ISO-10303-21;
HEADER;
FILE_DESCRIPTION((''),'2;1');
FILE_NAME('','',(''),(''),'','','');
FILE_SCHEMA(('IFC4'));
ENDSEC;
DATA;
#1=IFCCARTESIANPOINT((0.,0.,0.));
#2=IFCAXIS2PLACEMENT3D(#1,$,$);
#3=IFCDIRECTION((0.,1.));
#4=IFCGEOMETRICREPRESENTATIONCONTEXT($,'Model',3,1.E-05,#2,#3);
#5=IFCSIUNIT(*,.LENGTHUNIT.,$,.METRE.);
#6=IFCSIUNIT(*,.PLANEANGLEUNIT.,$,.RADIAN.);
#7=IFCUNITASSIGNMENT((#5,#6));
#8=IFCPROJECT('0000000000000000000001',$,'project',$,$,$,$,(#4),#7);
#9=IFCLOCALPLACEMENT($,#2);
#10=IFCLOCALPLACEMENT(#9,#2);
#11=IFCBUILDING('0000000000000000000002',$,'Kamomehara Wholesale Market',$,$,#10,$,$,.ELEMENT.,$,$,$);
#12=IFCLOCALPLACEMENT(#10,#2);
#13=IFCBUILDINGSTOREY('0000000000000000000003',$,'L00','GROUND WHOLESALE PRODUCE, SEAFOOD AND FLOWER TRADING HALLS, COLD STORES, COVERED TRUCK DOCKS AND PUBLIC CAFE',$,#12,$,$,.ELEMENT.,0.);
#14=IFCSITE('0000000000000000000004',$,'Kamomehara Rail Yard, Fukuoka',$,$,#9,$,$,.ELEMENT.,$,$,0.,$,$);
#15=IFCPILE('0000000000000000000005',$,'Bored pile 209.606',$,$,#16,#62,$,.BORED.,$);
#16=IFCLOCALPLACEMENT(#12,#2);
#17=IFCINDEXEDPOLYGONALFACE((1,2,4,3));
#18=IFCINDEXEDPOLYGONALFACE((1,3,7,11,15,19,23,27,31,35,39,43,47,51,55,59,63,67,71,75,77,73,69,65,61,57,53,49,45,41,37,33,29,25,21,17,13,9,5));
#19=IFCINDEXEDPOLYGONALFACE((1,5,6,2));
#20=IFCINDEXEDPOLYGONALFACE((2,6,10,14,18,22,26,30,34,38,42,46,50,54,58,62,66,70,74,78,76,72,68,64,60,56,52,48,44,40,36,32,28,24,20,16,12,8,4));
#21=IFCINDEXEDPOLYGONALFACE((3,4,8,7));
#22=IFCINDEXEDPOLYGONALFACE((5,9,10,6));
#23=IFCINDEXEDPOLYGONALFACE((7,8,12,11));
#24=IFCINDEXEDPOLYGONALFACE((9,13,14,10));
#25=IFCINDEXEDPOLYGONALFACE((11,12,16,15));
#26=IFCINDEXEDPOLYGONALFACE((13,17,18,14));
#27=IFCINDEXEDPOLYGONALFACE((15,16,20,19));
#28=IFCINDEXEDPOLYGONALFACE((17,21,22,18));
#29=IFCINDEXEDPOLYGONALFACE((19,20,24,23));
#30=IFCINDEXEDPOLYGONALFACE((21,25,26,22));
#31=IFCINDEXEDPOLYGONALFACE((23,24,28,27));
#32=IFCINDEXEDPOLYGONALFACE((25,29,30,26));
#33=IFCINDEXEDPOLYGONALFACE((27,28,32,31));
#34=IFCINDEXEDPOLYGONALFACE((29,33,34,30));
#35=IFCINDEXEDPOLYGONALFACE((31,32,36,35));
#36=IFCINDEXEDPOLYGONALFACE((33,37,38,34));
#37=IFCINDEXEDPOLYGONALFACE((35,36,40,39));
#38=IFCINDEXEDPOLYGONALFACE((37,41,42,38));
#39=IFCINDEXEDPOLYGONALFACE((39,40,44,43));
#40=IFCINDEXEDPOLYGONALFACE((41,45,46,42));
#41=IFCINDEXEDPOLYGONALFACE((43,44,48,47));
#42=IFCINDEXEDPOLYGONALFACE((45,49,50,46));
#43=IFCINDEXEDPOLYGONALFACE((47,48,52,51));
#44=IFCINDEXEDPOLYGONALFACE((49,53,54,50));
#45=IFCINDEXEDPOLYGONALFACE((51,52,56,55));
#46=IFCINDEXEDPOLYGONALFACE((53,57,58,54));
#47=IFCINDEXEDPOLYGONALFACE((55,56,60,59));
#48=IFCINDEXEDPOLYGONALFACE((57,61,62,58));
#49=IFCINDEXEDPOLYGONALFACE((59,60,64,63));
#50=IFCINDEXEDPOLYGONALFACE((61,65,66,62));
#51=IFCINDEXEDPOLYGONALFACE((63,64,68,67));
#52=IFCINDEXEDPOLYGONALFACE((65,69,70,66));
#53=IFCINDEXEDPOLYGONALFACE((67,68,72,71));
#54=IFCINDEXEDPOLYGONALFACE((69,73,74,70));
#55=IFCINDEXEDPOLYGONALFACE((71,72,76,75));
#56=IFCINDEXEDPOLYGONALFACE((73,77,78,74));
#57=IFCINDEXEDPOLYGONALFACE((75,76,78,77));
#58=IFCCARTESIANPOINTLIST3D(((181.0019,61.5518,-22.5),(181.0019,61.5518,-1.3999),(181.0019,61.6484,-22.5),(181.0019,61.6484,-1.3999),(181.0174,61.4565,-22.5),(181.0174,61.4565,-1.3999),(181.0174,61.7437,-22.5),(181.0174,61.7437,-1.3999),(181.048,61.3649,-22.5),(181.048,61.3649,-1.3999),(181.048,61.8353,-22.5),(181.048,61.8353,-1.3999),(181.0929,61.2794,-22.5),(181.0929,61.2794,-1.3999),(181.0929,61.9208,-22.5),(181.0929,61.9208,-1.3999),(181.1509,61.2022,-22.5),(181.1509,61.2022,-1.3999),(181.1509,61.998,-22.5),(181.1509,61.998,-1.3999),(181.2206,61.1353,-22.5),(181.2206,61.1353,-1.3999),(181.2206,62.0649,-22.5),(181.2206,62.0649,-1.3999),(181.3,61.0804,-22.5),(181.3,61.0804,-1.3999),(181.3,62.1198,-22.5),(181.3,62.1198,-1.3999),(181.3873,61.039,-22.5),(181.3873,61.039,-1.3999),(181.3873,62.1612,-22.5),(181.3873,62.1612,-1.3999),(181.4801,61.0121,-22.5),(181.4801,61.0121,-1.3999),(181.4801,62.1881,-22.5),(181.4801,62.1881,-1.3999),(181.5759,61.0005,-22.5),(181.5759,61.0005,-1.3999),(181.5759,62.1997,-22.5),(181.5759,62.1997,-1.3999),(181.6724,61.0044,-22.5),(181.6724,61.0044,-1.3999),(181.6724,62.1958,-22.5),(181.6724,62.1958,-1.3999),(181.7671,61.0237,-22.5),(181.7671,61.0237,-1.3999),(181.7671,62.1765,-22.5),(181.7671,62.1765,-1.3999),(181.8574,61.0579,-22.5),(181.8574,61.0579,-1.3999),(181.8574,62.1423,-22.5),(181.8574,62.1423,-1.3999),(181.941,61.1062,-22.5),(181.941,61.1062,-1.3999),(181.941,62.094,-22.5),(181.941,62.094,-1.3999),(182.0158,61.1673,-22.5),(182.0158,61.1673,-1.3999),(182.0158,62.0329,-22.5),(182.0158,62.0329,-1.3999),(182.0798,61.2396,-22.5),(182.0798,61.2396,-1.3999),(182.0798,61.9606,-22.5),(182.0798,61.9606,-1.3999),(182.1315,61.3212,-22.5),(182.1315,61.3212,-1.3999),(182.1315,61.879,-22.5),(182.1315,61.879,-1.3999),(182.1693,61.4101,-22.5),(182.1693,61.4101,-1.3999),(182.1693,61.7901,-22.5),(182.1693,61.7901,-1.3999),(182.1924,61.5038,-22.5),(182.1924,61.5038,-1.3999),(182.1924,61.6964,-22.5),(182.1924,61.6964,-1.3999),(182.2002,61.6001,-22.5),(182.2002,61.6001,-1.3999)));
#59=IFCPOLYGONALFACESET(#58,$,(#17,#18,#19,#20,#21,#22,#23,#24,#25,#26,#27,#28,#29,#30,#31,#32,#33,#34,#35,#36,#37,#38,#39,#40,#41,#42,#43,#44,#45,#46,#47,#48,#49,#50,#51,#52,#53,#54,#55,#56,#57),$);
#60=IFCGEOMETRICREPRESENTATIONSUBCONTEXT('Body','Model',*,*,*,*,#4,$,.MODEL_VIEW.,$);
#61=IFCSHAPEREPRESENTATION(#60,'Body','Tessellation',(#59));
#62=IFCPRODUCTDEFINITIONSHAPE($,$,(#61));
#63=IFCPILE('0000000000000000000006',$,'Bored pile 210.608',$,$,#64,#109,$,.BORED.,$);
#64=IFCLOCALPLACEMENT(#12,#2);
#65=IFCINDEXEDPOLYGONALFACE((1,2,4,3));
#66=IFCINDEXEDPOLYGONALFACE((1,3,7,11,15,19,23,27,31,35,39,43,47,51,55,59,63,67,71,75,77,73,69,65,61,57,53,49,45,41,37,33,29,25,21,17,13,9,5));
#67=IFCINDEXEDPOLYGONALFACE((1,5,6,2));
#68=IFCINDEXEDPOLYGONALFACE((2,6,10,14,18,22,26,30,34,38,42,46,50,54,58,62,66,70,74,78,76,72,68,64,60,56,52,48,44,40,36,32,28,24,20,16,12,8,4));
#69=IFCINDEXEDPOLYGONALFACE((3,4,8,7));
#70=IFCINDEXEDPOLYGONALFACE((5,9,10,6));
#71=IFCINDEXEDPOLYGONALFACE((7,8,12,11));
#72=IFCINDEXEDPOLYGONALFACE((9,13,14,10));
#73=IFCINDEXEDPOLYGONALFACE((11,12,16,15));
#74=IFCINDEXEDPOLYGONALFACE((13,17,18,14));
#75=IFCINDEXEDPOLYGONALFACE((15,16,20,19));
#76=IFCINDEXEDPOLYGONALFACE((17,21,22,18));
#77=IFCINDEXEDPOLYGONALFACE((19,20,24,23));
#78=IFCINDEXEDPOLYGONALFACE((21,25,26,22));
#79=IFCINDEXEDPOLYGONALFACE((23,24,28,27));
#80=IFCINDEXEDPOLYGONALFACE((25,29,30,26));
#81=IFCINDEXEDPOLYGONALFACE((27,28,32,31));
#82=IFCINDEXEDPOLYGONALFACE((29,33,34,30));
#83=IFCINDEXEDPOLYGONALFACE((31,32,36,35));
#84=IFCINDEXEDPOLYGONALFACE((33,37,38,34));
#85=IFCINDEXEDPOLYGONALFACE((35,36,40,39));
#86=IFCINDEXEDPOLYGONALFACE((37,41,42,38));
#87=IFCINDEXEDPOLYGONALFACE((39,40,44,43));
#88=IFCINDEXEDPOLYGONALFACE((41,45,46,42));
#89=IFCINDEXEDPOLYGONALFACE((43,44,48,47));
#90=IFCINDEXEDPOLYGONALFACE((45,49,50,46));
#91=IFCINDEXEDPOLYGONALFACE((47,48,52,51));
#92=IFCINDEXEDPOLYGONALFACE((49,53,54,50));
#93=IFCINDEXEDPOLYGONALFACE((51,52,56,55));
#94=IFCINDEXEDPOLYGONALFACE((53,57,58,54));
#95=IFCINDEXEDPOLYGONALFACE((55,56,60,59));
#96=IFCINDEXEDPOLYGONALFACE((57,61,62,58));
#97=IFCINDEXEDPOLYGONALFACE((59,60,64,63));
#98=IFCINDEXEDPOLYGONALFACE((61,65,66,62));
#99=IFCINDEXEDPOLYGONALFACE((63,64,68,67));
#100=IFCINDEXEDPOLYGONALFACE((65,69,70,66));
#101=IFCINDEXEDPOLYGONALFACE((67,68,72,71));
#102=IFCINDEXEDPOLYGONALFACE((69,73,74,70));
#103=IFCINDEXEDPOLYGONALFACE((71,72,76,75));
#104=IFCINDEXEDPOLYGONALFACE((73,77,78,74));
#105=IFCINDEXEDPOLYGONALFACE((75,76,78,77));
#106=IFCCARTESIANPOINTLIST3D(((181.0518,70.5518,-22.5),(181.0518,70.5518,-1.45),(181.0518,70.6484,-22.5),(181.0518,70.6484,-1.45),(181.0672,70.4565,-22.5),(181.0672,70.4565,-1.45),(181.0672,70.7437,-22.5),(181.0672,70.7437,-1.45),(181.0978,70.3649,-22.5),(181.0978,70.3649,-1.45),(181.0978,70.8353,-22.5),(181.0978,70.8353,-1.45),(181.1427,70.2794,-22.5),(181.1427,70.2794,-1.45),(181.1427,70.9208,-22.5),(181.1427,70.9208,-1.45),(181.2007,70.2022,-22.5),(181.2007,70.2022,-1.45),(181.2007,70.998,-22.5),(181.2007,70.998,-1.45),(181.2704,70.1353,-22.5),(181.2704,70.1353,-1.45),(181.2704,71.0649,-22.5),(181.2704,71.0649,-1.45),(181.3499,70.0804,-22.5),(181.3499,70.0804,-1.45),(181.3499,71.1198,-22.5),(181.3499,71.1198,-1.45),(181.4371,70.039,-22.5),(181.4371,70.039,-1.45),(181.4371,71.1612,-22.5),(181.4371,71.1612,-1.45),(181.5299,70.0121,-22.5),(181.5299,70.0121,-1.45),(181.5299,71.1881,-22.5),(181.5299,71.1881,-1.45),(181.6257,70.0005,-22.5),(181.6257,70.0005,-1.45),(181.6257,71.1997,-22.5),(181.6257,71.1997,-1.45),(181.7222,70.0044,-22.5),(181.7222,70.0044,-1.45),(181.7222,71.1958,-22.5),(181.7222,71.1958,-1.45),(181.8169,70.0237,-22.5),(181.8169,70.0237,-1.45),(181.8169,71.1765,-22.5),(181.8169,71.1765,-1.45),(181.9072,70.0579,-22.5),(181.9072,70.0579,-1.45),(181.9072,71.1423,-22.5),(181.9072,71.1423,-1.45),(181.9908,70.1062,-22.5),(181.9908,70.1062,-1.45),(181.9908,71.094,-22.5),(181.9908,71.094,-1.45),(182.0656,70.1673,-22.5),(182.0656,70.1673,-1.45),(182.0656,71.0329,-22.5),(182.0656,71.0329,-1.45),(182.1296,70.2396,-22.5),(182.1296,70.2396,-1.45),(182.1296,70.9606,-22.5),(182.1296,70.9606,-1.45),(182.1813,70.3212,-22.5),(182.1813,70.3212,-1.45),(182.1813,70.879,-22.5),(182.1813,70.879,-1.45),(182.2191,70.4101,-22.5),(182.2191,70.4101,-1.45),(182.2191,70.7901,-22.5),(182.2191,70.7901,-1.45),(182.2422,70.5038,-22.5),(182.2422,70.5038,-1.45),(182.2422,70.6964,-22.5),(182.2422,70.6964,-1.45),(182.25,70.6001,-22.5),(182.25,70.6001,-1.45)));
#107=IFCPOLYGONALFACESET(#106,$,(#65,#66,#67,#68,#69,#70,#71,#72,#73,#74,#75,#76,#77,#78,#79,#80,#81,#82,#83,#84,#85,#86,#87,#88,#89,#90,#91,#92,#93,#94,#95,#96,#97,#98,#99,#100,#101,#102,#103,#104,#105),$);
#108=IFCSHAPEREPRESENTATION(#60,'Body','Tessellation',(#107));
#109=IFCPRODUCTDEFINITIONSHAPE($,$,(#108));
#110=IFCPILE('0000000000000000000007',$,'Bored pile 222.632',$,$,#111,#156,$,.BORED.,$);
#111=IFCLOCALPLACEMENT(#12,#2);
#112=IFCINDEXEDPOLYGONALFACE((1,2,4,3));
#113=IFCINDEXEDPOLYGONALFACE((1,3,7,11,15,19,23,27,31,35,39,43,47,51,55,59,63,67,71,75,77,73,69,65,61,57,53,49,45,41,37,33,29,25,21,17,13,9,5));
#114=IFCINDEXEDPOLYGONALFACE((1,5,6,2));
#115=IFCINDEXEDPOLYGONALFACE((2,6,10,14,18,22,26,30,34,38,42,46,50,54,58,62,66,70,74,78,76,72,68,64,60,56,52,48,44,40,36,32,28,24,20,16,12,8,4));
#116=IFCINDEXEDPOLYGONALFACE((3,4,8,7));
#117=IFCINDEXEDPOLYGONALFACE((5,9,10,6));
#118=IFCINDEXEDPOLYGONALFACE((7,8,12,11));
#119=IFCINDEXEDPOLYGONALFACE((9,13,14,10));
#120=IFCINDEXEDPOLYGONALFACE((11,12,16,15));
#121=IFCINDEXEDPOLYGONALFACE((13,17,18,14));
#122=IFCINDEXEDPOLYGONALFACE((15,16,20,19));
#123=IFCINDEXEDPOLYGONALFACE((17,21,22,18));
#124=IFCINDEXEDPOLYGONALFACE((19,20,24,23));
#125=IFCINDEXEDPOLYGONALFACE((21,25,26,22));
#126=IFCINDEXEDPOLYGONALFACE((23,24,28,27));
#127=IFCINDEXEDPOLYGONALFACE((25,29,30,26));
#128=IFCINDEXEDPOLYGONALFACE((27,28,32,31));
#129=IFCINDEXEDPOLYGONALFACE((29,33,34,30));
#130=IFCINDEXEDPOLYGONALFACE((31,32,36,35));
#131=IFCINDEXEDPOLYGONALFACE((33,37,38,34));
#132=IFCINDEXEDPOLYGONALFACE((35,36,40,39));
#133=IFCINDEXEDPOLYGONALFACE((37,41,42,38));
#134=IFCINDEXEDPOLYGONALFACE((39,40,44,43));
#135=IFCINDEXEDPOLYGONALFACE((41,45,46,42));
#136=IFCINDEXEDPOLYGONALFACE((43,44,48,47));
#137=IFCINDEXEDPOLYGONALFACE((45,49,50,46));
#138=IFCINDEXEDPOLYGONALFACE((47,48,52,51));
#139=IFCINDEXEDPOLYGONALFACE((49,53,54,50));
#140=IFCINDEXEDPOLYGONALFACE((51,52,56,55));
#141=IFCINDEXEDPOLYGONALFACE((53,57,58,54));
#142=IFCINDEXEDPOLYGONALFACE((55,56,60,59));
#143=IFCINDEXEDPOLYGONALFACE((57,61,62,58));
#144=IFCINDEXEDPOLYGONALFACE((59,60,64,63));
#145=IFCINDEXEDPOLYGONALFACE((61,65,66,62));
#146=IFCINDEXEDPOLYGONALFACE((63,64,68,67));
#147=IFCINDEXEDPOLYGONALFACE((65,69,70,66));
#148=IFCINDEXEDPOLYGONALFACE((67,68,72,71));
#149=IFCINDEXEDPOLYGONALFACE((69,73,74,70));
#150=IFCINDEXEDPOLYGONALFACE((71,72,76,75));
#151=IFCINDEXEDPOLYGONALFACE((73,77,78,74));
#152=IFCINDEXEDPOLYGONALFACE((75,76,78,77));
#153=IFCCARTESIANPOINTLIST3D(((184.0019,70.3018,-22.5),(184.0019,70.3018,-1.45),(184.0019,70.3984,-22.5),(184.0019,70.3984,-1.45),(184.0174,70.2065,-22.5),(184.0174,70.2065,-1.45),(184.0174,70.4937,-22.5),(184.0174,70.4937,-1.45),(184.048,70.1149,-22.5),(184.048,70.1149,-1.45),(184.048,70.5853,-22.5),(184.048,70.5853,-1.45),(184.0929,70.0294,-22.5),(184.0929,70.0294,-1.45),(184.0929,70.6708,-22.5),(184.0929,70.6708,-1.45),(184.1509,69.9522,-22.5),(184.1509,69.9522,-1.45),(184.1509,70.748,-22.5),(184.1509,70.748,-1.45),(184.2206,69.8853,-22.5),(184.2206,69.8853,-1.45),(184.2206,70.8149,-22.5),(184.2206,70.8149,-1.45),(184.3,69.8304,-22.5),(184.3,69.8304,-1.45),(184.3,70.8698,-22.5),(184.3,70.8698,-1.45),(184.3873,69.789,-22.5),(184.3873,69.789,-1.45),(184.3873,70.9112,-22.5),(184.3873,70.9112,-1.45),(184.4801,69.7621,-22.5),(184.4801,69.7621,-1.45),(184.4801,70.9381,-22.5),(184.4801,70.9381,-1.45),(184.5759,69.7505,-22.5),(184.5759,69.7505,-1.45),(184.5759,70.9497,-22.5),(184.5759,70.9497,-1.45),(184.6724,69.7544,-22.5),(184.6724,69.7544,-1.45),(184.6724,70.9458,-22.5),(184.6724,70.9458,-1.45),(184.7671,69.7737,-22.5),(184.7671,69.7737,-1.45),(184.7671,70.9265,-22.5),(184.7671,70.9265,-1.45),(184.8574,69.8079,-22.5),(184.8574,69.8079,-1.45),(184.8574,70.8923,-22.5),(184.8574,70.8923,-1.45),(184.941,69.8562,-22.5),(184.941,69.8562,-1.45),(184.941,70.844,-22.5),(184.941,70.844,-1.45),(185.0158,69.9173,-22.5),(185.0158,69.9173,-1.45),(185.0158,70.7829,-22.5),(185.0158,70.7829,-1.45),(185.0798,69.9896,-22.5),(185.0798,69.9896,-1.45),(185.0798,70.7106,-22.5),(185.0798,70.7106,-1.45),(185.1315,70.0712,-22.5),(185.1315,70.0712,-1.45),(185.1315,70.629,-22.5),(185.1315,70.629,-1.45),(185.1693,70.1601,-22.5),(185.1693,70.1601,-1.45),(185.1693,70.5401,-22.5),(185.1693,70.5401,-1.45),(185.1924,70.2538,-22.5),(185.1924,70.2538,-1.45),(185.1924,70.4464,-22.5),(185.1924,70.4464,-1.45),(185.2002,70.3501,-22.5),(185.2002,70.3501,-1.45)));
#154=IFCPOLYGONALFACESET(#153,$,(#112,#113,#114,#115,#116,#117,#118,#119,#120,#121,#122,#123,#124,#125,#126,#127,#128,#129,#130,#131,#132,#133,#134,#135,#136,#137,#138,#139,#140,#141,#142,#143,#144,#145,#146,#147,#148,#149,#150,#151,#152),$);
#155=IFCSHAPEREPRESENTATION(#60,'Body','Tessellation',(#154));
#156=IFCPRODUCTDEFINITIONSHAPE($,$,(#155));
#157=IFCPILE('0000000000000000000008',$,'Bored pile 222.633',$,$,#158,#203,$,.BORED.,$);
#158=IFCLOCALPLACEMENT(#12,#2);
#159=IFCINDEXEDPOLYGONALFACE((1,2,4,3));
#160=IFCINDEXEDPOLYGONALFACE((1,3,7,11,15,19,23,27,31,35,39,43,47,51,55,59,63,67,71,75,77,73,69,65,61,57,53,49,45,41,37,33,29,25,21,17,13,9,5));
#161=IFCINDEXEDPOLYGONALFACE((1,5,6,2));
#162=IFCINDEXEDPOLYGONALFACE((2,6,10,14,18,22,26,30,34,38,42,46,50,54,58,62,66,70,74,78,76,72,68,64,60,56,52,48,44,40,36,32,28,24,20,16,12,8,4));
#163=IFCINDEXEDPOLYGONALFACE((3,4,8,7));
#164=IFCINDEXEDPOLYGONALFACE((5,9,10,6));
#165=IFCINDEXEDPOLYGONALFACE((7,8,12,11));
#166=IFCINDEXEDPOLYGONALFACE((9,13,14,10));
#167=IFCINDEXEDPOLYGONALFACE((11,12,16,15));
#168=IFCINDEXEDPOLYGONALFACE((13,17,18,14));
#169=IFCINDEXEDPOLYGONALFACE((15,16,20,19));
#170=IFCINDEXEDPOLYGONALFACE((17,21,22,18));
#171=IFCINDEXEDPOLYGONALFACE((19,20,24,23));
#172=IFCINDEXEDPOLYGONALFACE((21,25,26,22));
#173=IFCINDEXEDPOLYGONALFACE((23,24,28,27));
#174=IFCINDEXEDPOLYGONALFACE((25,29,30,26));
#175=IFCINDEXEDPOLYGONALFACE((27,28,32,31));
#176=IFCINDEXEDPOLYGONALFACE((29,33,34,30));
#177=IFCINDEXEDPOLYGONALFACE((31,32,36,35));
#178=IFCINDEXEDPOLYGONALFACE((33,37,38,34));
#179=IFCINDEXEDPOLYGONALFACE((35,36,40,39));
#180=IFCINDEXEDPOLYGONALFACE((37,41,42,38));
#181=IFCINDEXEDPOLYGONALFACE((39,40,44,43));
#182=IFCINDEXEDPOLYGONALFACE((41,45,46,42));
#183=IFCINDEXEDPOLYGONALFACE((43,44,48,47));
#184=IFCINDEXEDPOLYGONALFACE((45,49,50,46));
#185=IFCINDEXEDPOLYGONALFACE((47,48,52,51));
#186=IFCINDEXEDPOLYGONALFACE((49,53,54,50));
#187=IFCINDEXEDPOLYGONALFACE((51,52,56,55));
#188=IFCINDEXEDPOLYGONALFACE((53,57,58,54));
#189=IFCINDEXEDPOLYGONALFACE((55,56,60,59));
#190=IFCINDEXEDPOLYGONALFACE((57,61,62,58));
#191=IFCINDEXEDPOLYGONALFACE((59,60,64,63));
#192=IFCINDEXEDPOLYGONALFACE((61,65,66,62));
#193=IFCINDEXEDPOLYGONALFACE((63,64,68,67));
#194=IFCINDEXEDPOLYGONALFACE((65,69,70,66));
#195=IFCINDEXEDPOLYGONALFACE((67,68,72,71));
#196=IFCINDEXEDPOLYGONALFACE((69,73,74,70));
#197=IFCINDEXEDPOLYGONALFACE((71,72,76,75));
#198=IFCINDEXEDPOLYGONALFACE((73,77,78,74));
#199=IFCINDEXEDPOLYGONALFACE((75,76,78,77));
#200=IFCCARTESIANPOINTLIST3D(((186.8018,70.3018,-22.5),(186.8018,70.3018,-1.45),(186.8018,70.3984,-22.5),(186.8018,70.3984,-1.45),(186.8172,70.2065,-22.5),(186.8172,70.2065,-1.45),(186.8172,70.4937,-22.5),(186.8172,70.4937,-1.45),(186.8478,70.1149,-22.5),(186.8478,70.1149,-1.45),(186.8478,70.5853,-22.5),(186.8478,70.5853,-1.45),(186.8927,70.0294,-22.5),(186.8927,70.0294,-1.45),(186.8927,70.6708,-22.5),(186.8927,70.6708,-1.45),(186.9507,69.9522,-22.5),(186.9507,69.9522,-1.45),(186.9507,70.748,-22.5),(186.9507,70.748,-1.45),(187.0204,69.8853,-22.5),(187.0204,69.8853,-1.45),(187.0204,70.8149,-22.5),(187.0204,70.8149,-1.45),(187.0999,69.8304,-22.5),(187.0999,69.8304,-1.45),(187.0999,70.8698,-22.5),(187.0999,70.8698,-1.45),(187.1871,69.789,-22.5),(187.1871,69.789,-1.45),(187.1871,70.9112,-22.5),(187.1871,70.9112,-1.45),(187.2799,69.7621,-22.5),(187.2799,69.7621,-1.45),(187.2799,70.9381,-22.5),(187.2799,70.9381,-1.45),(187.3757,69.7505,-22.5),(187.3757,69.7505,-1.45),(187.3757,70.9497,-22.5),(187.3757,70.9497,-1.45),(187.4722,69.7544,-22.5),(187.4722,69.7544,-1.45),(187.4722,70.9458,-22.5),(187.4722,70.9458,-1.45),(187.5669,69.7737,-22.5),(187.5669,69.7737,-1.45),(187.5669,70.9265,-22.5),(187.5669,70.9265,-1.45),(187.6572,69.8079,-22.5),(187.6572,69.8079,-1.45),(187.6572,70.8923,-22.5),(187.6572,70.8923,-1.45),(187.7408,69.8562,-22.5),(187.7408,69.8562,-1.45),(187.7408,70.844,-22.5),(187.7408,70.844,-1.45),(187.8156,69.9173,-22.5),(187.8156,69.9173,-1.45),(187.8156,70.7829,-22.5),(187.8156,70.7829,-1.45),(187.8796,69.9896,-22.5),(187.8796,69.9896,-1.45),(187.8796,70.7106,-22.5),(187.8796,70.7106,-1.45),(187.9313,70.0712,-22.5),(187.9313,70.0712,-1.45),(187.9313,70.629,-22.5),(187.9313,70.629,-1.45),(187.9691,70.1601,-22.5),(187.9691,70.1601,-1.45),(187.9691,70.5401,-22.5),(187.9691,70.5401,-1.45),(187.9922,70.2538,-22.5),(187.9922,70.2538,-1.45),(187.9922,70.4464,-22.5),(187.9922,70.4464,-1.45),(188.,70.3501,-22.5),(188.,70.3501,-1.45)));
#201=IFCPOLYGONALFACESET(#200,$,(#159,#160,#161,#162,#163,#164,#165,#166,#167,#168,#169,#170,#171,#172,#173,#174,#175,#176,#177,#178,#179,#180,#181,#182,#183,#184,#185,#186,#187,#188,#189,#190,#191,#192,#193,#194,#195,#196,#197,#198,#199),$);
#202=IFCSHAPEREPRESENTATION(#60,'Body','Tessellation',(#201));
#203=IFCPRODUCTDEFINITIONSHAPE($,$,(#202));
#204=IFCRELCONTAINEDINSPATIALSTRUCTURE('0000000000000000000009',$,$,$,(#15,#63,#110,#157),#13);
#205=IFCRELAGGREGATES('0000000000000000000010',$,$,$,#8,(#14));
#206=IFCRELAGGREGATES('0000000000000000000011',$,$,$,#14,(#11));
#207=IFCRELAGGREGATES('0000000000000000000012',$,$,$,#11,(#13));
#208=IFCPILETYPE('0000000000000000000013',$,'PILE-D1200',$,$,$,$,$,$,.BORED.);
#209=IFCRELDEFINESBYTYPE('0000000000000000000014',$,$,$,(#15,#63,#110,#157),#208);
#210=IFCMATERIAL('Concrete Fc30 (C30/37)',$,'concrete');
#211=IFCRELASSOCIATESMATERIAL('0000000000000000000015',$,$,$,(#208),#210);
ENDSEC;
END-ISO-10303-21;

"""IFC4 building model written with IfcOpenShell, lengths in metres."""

from ifc_helpers import new_model, si_unit, direction, frame, origin, origin_2d, place, context, subcontext, project, spatial, circle, extrude, material, material_profile, profile_set, type_object, element, save


model = new_model("IFC4")

# Units and contexts
model_context = context("Model", 3, precision=1e-05, world=origin(), true_north=direction((0.0, 1.0)))
body_context = subcontext(model_context, "Body", "Model", "MODEL_VIEW")
ifc_project = project(units=[si_unit("LENGTHUNIT", "METRE"), si_unit("PLANEANGLEUNIT", "RADIAN")], contexts=[model_context])

# Site, building, storey
site_placement = place(None, origin())
site = spatial("IfcSite", under=ifc_project, at=site_placement, Name="Kamomehara Rail Yard, Fukuoka", CompositionType="ELEMENT", RefElevation=0.0)
building_placement = place(site_placement, origin())
building = spatial("IfcBuilding", under=site, at=building_placement, Name="Kamomehara Wholesale Market", CompositionType="ELEMENT")
storey_placement = place(building_placement, origin())
storey = spatial("IfcBuildingStorey", under=building, at=storey_placement, Name="L00", Description="GROUND WHOLESALE PRODUCE, SEAFOOD AND FLOWER TRADING HALLS, COLD STORES, COVERED TRUCK DOCKS AND PUBLIC CAFE", CompositionType="ELEMENT", Elevation=0.0)

# Piles
ifc_material_1 = material(Name="Concrete Fc30 (C30/37)", Category="concrete")
ifc_material_profile_1 = material_profile(ifc_material_1, circle(Radius=0.6001, at=origin_2d()), Name="RC-PILE-D1200")
ifc_profile_set_1 = profile_set([ifc_material_profile_1], Name="Concrete Fc30 (C30/37)")
pile_type_1 = type_object("IfcPileType", Name="PILE-D1200", PredefinedType="BORED", material=ifc_profile_set_1)
for number, where, z_axis, x_axis, name in (
    (1, (181.6001, 61.6001, -1.3999), (0.0, 0.0, -1.0), (1.0, 0.0, 0.0), "Bored pile 209.606"),
):
    element("IfcPile", number, at=place(storey_placement, frame(where, z_axis=z_axis, x_axis=x_axis)), inside=storey, type_object=pile_type_1, Name=name, PredefinedType="BORED", context=body_context, shape_type="SweptSolid", body=[
        extrude(circle(Radius=0.6001, at=origin_2d()), origin(), (0.0, 0.0, 1.0), 21.1001),
    ])
for number, where, z_axis, x_axis, name in (
    (2, (181.6499, 70.6001, -1.45), (0.0, 0.0, -1.0), (1.0, 0.0, 0.0), "Bored pile 210.608"),
    (3, (184.6001, 70.3501, -1.45), (0.0, 0.0, -1.0), (1.0, 0.0, 0.0), "Bored pile 222.632"),
    (4, (187.3999, 70.3501, -1.45), (0.0, 0.0, -1.0), (1.0, 0.0, 0.0), "Bored pile 222.633"),
):
    element("IfcPile", number, at=place(storey_placement, frame(where, z_axis=z_axis, x_axis=x_axis)), inside=storey, type_object=pile_type_1, Name=name, PredefinedType="BORED", context=body_context, shape_type="SweptSolid", body=[
        extrude(circle(Radius=0.6001, at=origin_2d()), origin(), (0.0, 0.0, 1.0), 21.05),
    ])

save(model, "model.ifc")
